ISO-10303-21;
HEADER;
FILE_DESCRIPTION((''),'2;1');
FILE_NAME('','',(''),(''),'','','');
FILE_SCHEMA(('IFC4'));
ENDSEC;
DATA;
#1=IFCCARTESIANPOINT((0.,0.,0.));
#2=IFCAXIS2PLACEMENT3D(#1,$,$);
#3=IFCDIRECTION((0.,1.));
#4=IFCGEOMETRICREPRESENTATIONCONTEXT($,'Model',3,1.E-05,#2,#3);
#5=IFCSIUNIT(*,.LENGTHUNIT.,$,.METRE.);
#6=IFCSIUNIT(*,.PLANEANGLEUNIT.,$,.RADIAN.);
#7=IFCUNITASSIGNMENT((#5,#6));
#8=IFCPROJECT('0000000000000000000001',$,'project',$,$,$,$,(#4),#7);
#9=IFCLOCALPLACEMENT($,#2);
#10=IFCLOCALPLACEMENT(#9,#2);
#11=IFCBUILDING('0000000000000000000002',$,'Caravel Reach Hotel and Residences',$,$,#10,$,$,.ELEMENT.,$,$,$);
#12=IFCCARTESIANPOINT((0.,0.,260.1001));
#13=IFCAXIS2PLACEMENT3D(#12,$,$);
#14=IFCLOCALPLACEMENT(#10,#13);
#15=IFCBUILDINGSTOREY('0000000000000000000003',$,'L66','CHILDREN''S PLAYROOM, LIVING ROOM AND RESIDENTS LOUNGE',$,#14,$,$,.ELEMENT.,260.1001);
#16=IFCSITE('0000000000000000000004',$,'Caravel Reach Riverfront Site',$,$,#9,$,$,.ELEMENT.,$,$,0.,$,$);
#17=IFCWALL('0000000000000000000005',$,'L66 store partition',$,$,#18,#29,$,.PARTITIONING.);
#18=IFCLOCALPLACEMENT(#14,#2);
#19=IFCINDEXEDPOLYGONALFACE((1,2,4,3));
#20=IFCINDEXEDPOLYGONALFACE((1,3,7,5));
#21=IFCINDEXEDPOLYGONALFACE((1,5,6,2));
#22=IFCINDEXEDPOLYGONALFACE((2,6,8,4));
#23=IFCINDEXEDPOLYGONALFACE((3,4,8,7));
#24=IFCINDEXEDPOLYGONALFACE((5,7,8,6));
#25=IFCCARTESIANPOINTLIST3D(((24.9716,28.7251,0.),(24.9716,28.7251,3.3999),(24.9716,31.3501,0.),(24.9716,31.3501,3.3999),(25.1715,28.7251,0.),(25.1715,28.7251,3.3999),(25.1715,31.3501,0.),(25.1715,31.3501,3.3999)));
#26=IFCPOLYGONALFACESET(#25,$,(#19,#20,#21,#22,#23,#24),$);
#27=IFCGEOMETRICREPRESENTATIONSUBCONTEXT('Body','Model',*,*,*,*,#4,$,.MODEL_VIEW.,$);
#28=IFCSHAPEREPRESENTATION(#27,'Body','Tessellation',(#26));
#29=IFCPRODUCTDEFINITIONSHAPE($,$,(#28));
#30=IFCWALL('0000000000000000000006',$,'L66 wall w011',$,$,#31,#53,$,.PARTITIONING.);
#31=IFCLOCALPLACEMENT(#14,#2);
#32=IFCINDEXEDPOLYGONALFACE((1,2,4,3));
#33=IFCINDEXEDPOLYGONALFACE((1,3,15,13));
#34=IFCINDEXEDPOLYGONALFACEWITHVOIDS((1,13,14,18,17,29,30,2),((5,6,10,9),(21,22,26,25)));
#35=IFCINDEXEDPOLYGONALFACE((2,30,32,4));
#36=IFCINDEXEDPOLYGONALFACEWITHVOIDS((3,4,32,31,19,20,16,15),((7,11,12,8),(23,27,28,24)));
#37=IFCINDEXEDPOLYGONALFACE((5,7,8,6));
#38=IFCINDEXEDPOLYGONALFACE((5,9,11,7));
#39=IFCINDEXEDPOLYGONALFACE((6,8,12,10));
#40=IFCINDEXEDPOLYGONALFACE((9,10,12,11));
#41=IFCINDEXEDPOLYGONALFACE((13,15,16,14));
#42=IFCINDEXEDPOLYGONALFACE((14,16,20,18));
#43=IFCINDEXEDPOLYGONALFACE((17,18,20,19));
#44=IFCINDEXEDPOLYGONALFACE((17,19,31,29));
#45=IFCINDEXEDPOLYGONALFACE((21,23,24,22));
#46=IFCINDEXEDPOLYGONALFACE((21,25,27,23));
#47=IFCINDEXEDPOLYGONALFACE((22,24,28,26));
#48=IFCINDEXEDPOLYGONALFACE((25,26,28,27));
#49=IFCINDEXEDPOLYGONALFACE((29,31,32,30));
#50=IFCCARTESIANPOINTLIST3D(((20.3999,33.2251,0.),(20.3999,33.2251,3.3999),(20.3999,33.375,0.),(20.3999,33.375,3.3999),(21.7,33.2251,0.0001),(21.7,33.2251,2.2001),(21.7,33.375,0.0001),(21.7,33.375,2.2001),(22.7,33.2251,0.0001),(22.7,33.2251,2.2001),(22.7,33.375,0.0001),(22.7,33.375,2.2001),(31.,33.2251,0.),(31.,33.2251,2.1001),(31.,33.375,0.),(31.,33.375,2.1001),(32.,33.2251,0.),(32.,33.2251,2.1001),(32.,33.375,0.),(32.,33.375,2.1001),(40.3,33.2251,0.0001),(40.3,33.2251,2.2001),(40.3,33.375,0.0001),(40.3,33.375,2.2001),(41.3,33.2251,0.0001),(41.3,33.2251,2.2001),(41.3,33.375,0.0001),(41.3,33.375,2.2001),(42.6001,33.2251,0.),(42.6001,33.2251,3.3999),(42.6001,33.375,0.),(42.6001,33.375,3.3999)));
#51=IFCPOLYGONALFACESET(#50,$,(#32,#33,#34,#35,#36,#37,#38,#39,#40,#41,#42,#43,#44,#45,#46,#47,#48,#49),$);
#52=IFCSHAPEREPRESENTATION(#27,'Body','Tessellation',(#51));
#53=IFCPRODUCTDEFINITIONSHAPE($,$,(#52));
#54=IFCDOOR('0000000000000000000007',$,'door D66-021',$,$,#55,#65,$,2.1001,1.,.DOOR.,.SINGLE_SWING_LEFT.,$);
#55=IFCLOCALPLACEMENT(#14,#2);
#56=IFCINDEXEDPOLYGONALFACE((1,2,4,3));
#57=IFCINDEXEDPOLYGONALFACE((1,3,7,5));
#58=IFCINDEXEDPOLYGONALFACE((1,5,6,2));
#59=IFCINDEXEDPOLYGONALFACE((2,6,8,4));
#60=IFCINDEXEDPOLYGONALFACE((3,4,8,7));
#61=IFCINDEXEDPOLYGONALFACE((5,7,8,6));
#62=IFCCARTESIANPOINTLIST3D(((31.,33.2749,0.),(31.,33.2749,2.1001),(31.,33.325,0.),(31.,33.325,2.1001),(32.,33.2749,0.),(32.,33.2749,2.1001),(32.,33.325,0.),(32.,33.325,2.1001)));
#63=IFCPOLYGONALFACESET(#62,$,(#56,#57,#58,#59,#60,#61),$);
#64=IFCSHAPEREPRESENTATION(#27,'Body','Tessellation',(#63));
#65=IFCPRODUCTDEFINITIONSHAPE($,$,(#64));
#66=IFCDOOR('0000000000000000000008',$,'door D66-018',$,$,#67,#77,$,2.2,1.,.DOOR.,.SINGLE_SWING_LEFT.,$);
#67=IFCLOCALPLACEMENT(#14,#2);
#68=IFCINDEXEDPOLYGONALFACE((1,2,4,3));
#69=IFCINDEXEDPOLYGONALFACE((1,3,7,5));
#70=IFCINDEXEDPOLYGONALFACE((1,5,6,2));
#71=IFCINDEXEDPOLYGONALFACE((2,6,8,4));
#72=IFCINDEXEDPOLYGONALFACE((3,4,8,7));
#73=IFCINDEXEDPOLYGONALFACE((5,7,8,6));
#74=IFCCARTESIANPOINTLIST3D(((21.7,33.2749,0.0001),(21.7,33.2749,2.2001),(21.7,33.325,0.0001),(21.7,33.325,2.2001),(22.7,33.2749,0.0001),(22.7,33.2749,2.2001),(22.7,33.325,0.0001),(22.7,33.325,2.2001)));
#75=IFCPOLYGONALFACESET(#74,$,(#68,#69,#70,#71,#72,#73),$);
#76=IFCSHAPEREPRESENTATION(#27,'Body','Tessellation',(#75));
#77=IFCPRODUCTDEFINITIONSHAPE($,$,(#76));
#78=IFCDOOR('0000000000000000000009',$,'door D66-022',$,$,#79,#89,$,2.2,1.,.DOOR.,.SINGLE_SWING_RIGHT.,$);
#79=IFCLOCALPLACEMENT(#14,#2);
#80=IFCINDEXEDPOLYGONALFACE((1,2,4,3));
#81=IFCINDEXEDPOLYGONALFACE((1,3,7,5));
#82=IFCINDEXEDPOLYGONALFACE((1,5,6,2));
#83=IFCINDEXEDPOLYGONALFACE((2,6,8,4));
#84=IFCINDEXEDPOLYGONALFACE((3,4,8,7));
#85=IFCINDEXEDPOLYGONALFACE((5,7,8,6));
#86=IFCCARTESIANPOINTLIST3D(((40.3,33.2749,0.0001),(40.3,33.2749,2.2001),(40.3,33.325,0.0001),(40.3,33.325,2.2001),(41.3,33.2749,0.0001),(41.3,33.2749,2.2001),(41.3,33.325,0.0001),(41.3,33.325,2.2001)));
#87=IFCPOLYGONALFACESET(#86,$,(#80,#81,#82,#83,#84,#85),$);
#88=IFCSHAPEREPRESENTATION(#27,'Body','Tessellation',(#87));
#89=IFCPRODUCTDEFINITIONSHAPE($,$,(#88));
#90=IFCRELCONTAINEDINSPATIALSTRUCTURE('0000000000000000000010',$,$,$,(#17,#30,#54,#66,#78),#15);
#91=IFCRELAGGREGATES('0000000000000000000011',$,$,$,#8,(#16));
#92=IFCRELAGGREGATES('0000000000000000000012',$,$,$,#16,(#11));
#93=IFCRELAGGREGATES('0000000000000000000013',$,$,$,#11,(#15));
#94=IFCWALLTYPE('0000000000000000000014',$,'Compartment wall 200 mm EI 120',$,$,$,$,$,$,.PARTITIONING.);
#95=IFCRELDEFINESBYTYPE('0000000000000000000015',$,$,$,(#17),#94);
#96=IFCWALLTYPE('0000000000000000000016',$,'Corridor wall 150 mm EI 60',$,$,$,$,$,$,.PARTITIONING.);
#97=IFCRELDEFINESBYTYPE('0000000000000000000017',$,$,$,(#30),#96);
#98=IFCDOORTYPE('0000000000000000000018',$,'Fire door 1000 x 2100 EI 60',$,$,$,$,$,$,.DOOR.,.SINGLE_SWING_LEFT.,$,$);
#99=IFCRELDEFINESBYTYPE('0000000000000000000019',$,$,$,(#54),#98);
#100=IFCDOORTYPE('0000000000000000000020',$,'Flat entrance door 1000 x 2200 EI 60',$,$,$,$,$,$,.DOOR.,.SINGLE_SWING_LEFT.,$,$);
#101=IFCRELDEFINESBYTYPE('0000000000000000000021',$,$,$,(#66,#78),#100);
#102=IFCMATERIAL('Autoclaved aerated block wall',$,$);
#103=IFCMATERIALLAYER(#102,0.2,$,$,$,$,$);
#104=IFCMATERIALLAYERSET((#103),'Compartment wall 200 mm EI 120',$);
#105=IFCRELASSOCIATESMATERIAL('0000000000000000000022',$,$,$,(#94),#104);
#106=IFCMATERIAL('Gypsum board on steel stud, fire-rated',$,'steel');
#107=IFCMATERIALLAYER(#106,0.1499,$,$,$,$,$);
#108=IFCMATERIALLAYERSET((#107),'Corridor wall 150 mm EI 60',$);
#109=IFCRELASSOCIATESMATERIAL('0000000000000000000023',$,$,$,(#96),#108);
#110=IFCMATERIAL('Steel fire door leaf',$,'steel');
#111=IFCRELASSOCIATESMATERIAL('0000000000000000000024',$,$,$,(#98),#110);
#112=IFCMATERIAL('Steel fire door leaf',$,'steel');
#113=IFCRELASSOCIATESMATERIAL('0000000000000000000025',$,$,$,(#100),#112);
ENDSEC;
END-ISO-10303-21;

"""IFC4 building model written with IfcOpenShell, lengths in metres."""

from ifc_helpers import new_model, si_unit, direction, frame, frame_2d, origin, place, context, subcontext, project, spatial, rectangle, extrude, material, layer, layer_set, type_object, element, fill, save


model = new_model("IFC4")

# Units and contexts
model_context = context("Model", 3, precision=1e-05, world=origin(), true_north=direction((0.0, 1.0)))
body_context = subcontext(model_context, "Body", "Model", "MODEL_VIEW")
ifc_project = project(units=[si_unit("LENGTHUNIT", "METRE"), si_unit("PLANEANGLEUNIT", "RADIAN")], contexts=[model_context])

# Site, building, storey
site_placement = place(None, origin())
site = spatial("IfcSite", under=ifc_project, at=site_placement, Name="Caravel Reach Riverfront Site", CompositionType="ELEMENT", RefElevation=0.0)
building_placement = place(site_placement, origin())
building = spatial("IfcBuilding", under=site, at=building_placement, Name="Caravel Reach Hotel and Residences", CompositionType="ELEMENT")
storey_placement = place(building_placement, frame((0.0, 0.0, 260.1001)))
storey = spatial("IfcBuildingStorey", under=building, at=storey_placement, Name="L66", Description="CHILDREN'S PLAYROOM, LIVING ROOM AND RESIDENTS LOUNGE", CompositionType="ELEMENT", Elevation=260.1001)

# Wall
ifc_material_1 = material(Name="Autoclaved aerated block wall")
ifc_layer_1 = layer(ifc_material_1, 0.2)
ifc_layer_set_1 = layer_set([ifc_layer_1], Name="Compartment wall 200 mm EI 120")
wall_type_1 = type_object("IfcWallType", Name="Compartment wall 200 mm EI 120", PredefinedType="PARTITIONING", material=ifc_layer_set_1)
wall_1_placement = place(storey_placement, frame((25.0715, 28.7251, 0.0), z_axis=(0.0, 0.0, 1.0), x_axis=(0.0, 1.0, 0.0)))
element("IfcWall", 1, at=wall_1_placement, inside=storey, type_object=wall_type_1, Name="L66 store partition", PredefinedType="PARTITIONING", context=body_context, shape_type="SweptSolid", body=[
    extrude(rectangle(XDim=2.625, YDim=0.2, at=frame_2d((1.3125, 0.0))), origin(), (0.0, 0.0, 1.0), 3.3999),
])

# Wall, openings, doors
ifc_material_2 = material(Name="Gypsum board on steel stud, fire-rated", Category="steel")
ifc_layer_2 = layer(ifc_material_2, 0.1499)
ifc_layer_set_2 = layer_set([ifc_layer_2], Name="Corridor wall 150 mm EI 60")
wall_type_2 = type_object("IfcWallType", Name="Corridor wall 150 mm EI 60", PredefinedType="PARTITIONING", material=ifc_layer_set_2)
wall_2_placement = place(storey_placement, frame((20.3999, 33.3, 0.0), z_axis=(0.0, 0.0, 1.0), x_axis=(1.0, 0.0, 0.0)))
wall_2 = element("IfcWall", 2, at=wall_2_placement, inside=storey, type_object=wall_type_2, Name="L66 wall w011", PredefinedType="PARTITIONING", context=body_context, shape_type="SweptSolid", body=[
    extrude(rectangle(XDim=22.2002, YDim=0.1499, at=frame_2d((11.1001, 0.0))), origin(), (0.0, 0.0, 1.0), 3.3999),
])
opening_1_placement = place(wall_2_placement, frame((1.3, 0.0, 0.0)))
opening_1 = element("IfcOpeningElement", 3, at=opening_1_placement, cuts=wall_2, PredefinedType="OPENING", context=body_context, shape_type="SweptSolid", body=[
    extrude(rectangle(XDim=1.0, YDim=2.2, at=frame_2d((0.5, 1.1001))), frame((0.0, 0.085, 0.0), z_axis=(0.0, -1.0, 0.0), x_axis=(1.0, 0.0, 0.0)), (0.0, 0.0, 1.0), 0.1699),
])
opening_2_placement = place(wall_2_placement, frame((10.6001, 0.0, 0.0)))
opening_2 = element("IfcOpeningElement", 4, at=opening_2_placement, cuts=wall_2, PredefinedType="OPENING", context=body_context, shape_type="SweptSolid", body=[
    extrude(rectangle(XDim=1.0, YDim=2.1001, at=frame_2d((0.5, 1.05))), frame((0.0, 0.085, 0.0), z_axis=(0.0, -1.0, 0.0), x_axis=(1.0, 0.0, 0.0)), (0.0, 0.0, 1.0), 0.1699),
])
opening_3_placement = place(wall_2_placement, frame((19.9001, 0.0, 0.0)))
opening_3 = element("IfcOpeningElement", 5, at=opening_3_placement, cuts=wall_2, PredefinedType="OPENING", context=body_context, shape_type="SweptSolid", body=[
    extrude(rectangle(XDim=1.0, YDim=2.2, at=frame_2d((0.5, 1.1001))), frame((0.0, 0.085, 0.0), z_axis=(0.0, -1.0, 0.0), x_axis=(1.0, 0.0, 0.0)), (0.0, 0.0, 1.0), 0.1699),
])
ifc_material_3 = material(Name="Steel fire door leaf", Category="steel")
door_type_1 = type_object("IfcDoorType", Name="Fire door 1000 x 2100 EI 60", OperationType="SINGLE_SWING_LEFT", PredefinedType="DOOR", material=ifc_material_3)
door_1_placement = place(opening_2_placement, origin())
door_1 = element("IfcDoor", 6, at=door_1_placement, inside=storey, type_object=door_type_1, Name="door D66-021", OperationType="SINGLE_SWING_LEFT", OverallHeight=2.1001, OverallWidth=1.0, PredefinedType="DOOR", context=body_context, shape_type="SweptSolid", body=[
    extrude(rectangle(XDim=1.0, YDim=2.1001, at=frame_2d((0.5, 1.05))), frame((0.0, 0.0249, 0.0), z_axis=(0.0, -1.0, 0.0), x_axis=(1.0, 0.0, 0.0)), (0.0, 0.0, 1.0), 0.05),
])
fill(opening_2, door_1)
ifc_material_4 = material(Name="Steel fire door leaf", Category="steel")
door_type_2 = type_object("IfcDoorType", Name="Flat entrance door 1000 x 2200 EI 60", OperationType="SINGLE_SWING_LEFT", PredefinedType="DOOR", material=ifc_material_4)
door_2_placement = place(opening_1_placement, origin())
door_2 = element("IfcDoor", 7, at=door_2_placement, inside=storey, type_object=door_type_2, Name="door D66-018", OperationType="SINGLE_SWING_LEFT", OverallHeight=2.2, OverallWidth=1.0, PredefinedType="DOOR", context=body_context, shape_type="SweptSolid", body=[
    extrude(rectangle(XDim=1.0, YDim=2.2, at=frame_2d((0.5, 1.1001))), frame((0.0, 0.0249, 0.0), z_axis=(0.0, -1.0, 0.0), x_axis=(1.0, 0.0, 0.0)), (0.0, 0.0, 1.0), 0.05),
])
fill(opening_1, door_2)
door_3_placement = place(opening_3_placement, origin())
door_3 = element("IfcDoor", 8, at=door_3_placement, inside=storey, type_object=door_type_2, Name="door D66-022", OperationType="SINGLE_SWING_RIGHT", OverallHeight=2.2, OverallWidth=1.0, PredefinedType="DOOR", context=body_context, shape_type="SweptSolid", body=[
    extrude(rectangle(XDim=1.0, YDim=2.2, at=frame_2d((0.5, 1.1001))), frame((0.0, 0.0249, 0.0), z_axis=(0.0, -1.0, 0.0), x_axis=(1.0, 0.0, 0.0)), (0.0, 0.0, 1.0), 0.05),
])
fill(opening_3, door_3)

save(model, "model.ifc")
